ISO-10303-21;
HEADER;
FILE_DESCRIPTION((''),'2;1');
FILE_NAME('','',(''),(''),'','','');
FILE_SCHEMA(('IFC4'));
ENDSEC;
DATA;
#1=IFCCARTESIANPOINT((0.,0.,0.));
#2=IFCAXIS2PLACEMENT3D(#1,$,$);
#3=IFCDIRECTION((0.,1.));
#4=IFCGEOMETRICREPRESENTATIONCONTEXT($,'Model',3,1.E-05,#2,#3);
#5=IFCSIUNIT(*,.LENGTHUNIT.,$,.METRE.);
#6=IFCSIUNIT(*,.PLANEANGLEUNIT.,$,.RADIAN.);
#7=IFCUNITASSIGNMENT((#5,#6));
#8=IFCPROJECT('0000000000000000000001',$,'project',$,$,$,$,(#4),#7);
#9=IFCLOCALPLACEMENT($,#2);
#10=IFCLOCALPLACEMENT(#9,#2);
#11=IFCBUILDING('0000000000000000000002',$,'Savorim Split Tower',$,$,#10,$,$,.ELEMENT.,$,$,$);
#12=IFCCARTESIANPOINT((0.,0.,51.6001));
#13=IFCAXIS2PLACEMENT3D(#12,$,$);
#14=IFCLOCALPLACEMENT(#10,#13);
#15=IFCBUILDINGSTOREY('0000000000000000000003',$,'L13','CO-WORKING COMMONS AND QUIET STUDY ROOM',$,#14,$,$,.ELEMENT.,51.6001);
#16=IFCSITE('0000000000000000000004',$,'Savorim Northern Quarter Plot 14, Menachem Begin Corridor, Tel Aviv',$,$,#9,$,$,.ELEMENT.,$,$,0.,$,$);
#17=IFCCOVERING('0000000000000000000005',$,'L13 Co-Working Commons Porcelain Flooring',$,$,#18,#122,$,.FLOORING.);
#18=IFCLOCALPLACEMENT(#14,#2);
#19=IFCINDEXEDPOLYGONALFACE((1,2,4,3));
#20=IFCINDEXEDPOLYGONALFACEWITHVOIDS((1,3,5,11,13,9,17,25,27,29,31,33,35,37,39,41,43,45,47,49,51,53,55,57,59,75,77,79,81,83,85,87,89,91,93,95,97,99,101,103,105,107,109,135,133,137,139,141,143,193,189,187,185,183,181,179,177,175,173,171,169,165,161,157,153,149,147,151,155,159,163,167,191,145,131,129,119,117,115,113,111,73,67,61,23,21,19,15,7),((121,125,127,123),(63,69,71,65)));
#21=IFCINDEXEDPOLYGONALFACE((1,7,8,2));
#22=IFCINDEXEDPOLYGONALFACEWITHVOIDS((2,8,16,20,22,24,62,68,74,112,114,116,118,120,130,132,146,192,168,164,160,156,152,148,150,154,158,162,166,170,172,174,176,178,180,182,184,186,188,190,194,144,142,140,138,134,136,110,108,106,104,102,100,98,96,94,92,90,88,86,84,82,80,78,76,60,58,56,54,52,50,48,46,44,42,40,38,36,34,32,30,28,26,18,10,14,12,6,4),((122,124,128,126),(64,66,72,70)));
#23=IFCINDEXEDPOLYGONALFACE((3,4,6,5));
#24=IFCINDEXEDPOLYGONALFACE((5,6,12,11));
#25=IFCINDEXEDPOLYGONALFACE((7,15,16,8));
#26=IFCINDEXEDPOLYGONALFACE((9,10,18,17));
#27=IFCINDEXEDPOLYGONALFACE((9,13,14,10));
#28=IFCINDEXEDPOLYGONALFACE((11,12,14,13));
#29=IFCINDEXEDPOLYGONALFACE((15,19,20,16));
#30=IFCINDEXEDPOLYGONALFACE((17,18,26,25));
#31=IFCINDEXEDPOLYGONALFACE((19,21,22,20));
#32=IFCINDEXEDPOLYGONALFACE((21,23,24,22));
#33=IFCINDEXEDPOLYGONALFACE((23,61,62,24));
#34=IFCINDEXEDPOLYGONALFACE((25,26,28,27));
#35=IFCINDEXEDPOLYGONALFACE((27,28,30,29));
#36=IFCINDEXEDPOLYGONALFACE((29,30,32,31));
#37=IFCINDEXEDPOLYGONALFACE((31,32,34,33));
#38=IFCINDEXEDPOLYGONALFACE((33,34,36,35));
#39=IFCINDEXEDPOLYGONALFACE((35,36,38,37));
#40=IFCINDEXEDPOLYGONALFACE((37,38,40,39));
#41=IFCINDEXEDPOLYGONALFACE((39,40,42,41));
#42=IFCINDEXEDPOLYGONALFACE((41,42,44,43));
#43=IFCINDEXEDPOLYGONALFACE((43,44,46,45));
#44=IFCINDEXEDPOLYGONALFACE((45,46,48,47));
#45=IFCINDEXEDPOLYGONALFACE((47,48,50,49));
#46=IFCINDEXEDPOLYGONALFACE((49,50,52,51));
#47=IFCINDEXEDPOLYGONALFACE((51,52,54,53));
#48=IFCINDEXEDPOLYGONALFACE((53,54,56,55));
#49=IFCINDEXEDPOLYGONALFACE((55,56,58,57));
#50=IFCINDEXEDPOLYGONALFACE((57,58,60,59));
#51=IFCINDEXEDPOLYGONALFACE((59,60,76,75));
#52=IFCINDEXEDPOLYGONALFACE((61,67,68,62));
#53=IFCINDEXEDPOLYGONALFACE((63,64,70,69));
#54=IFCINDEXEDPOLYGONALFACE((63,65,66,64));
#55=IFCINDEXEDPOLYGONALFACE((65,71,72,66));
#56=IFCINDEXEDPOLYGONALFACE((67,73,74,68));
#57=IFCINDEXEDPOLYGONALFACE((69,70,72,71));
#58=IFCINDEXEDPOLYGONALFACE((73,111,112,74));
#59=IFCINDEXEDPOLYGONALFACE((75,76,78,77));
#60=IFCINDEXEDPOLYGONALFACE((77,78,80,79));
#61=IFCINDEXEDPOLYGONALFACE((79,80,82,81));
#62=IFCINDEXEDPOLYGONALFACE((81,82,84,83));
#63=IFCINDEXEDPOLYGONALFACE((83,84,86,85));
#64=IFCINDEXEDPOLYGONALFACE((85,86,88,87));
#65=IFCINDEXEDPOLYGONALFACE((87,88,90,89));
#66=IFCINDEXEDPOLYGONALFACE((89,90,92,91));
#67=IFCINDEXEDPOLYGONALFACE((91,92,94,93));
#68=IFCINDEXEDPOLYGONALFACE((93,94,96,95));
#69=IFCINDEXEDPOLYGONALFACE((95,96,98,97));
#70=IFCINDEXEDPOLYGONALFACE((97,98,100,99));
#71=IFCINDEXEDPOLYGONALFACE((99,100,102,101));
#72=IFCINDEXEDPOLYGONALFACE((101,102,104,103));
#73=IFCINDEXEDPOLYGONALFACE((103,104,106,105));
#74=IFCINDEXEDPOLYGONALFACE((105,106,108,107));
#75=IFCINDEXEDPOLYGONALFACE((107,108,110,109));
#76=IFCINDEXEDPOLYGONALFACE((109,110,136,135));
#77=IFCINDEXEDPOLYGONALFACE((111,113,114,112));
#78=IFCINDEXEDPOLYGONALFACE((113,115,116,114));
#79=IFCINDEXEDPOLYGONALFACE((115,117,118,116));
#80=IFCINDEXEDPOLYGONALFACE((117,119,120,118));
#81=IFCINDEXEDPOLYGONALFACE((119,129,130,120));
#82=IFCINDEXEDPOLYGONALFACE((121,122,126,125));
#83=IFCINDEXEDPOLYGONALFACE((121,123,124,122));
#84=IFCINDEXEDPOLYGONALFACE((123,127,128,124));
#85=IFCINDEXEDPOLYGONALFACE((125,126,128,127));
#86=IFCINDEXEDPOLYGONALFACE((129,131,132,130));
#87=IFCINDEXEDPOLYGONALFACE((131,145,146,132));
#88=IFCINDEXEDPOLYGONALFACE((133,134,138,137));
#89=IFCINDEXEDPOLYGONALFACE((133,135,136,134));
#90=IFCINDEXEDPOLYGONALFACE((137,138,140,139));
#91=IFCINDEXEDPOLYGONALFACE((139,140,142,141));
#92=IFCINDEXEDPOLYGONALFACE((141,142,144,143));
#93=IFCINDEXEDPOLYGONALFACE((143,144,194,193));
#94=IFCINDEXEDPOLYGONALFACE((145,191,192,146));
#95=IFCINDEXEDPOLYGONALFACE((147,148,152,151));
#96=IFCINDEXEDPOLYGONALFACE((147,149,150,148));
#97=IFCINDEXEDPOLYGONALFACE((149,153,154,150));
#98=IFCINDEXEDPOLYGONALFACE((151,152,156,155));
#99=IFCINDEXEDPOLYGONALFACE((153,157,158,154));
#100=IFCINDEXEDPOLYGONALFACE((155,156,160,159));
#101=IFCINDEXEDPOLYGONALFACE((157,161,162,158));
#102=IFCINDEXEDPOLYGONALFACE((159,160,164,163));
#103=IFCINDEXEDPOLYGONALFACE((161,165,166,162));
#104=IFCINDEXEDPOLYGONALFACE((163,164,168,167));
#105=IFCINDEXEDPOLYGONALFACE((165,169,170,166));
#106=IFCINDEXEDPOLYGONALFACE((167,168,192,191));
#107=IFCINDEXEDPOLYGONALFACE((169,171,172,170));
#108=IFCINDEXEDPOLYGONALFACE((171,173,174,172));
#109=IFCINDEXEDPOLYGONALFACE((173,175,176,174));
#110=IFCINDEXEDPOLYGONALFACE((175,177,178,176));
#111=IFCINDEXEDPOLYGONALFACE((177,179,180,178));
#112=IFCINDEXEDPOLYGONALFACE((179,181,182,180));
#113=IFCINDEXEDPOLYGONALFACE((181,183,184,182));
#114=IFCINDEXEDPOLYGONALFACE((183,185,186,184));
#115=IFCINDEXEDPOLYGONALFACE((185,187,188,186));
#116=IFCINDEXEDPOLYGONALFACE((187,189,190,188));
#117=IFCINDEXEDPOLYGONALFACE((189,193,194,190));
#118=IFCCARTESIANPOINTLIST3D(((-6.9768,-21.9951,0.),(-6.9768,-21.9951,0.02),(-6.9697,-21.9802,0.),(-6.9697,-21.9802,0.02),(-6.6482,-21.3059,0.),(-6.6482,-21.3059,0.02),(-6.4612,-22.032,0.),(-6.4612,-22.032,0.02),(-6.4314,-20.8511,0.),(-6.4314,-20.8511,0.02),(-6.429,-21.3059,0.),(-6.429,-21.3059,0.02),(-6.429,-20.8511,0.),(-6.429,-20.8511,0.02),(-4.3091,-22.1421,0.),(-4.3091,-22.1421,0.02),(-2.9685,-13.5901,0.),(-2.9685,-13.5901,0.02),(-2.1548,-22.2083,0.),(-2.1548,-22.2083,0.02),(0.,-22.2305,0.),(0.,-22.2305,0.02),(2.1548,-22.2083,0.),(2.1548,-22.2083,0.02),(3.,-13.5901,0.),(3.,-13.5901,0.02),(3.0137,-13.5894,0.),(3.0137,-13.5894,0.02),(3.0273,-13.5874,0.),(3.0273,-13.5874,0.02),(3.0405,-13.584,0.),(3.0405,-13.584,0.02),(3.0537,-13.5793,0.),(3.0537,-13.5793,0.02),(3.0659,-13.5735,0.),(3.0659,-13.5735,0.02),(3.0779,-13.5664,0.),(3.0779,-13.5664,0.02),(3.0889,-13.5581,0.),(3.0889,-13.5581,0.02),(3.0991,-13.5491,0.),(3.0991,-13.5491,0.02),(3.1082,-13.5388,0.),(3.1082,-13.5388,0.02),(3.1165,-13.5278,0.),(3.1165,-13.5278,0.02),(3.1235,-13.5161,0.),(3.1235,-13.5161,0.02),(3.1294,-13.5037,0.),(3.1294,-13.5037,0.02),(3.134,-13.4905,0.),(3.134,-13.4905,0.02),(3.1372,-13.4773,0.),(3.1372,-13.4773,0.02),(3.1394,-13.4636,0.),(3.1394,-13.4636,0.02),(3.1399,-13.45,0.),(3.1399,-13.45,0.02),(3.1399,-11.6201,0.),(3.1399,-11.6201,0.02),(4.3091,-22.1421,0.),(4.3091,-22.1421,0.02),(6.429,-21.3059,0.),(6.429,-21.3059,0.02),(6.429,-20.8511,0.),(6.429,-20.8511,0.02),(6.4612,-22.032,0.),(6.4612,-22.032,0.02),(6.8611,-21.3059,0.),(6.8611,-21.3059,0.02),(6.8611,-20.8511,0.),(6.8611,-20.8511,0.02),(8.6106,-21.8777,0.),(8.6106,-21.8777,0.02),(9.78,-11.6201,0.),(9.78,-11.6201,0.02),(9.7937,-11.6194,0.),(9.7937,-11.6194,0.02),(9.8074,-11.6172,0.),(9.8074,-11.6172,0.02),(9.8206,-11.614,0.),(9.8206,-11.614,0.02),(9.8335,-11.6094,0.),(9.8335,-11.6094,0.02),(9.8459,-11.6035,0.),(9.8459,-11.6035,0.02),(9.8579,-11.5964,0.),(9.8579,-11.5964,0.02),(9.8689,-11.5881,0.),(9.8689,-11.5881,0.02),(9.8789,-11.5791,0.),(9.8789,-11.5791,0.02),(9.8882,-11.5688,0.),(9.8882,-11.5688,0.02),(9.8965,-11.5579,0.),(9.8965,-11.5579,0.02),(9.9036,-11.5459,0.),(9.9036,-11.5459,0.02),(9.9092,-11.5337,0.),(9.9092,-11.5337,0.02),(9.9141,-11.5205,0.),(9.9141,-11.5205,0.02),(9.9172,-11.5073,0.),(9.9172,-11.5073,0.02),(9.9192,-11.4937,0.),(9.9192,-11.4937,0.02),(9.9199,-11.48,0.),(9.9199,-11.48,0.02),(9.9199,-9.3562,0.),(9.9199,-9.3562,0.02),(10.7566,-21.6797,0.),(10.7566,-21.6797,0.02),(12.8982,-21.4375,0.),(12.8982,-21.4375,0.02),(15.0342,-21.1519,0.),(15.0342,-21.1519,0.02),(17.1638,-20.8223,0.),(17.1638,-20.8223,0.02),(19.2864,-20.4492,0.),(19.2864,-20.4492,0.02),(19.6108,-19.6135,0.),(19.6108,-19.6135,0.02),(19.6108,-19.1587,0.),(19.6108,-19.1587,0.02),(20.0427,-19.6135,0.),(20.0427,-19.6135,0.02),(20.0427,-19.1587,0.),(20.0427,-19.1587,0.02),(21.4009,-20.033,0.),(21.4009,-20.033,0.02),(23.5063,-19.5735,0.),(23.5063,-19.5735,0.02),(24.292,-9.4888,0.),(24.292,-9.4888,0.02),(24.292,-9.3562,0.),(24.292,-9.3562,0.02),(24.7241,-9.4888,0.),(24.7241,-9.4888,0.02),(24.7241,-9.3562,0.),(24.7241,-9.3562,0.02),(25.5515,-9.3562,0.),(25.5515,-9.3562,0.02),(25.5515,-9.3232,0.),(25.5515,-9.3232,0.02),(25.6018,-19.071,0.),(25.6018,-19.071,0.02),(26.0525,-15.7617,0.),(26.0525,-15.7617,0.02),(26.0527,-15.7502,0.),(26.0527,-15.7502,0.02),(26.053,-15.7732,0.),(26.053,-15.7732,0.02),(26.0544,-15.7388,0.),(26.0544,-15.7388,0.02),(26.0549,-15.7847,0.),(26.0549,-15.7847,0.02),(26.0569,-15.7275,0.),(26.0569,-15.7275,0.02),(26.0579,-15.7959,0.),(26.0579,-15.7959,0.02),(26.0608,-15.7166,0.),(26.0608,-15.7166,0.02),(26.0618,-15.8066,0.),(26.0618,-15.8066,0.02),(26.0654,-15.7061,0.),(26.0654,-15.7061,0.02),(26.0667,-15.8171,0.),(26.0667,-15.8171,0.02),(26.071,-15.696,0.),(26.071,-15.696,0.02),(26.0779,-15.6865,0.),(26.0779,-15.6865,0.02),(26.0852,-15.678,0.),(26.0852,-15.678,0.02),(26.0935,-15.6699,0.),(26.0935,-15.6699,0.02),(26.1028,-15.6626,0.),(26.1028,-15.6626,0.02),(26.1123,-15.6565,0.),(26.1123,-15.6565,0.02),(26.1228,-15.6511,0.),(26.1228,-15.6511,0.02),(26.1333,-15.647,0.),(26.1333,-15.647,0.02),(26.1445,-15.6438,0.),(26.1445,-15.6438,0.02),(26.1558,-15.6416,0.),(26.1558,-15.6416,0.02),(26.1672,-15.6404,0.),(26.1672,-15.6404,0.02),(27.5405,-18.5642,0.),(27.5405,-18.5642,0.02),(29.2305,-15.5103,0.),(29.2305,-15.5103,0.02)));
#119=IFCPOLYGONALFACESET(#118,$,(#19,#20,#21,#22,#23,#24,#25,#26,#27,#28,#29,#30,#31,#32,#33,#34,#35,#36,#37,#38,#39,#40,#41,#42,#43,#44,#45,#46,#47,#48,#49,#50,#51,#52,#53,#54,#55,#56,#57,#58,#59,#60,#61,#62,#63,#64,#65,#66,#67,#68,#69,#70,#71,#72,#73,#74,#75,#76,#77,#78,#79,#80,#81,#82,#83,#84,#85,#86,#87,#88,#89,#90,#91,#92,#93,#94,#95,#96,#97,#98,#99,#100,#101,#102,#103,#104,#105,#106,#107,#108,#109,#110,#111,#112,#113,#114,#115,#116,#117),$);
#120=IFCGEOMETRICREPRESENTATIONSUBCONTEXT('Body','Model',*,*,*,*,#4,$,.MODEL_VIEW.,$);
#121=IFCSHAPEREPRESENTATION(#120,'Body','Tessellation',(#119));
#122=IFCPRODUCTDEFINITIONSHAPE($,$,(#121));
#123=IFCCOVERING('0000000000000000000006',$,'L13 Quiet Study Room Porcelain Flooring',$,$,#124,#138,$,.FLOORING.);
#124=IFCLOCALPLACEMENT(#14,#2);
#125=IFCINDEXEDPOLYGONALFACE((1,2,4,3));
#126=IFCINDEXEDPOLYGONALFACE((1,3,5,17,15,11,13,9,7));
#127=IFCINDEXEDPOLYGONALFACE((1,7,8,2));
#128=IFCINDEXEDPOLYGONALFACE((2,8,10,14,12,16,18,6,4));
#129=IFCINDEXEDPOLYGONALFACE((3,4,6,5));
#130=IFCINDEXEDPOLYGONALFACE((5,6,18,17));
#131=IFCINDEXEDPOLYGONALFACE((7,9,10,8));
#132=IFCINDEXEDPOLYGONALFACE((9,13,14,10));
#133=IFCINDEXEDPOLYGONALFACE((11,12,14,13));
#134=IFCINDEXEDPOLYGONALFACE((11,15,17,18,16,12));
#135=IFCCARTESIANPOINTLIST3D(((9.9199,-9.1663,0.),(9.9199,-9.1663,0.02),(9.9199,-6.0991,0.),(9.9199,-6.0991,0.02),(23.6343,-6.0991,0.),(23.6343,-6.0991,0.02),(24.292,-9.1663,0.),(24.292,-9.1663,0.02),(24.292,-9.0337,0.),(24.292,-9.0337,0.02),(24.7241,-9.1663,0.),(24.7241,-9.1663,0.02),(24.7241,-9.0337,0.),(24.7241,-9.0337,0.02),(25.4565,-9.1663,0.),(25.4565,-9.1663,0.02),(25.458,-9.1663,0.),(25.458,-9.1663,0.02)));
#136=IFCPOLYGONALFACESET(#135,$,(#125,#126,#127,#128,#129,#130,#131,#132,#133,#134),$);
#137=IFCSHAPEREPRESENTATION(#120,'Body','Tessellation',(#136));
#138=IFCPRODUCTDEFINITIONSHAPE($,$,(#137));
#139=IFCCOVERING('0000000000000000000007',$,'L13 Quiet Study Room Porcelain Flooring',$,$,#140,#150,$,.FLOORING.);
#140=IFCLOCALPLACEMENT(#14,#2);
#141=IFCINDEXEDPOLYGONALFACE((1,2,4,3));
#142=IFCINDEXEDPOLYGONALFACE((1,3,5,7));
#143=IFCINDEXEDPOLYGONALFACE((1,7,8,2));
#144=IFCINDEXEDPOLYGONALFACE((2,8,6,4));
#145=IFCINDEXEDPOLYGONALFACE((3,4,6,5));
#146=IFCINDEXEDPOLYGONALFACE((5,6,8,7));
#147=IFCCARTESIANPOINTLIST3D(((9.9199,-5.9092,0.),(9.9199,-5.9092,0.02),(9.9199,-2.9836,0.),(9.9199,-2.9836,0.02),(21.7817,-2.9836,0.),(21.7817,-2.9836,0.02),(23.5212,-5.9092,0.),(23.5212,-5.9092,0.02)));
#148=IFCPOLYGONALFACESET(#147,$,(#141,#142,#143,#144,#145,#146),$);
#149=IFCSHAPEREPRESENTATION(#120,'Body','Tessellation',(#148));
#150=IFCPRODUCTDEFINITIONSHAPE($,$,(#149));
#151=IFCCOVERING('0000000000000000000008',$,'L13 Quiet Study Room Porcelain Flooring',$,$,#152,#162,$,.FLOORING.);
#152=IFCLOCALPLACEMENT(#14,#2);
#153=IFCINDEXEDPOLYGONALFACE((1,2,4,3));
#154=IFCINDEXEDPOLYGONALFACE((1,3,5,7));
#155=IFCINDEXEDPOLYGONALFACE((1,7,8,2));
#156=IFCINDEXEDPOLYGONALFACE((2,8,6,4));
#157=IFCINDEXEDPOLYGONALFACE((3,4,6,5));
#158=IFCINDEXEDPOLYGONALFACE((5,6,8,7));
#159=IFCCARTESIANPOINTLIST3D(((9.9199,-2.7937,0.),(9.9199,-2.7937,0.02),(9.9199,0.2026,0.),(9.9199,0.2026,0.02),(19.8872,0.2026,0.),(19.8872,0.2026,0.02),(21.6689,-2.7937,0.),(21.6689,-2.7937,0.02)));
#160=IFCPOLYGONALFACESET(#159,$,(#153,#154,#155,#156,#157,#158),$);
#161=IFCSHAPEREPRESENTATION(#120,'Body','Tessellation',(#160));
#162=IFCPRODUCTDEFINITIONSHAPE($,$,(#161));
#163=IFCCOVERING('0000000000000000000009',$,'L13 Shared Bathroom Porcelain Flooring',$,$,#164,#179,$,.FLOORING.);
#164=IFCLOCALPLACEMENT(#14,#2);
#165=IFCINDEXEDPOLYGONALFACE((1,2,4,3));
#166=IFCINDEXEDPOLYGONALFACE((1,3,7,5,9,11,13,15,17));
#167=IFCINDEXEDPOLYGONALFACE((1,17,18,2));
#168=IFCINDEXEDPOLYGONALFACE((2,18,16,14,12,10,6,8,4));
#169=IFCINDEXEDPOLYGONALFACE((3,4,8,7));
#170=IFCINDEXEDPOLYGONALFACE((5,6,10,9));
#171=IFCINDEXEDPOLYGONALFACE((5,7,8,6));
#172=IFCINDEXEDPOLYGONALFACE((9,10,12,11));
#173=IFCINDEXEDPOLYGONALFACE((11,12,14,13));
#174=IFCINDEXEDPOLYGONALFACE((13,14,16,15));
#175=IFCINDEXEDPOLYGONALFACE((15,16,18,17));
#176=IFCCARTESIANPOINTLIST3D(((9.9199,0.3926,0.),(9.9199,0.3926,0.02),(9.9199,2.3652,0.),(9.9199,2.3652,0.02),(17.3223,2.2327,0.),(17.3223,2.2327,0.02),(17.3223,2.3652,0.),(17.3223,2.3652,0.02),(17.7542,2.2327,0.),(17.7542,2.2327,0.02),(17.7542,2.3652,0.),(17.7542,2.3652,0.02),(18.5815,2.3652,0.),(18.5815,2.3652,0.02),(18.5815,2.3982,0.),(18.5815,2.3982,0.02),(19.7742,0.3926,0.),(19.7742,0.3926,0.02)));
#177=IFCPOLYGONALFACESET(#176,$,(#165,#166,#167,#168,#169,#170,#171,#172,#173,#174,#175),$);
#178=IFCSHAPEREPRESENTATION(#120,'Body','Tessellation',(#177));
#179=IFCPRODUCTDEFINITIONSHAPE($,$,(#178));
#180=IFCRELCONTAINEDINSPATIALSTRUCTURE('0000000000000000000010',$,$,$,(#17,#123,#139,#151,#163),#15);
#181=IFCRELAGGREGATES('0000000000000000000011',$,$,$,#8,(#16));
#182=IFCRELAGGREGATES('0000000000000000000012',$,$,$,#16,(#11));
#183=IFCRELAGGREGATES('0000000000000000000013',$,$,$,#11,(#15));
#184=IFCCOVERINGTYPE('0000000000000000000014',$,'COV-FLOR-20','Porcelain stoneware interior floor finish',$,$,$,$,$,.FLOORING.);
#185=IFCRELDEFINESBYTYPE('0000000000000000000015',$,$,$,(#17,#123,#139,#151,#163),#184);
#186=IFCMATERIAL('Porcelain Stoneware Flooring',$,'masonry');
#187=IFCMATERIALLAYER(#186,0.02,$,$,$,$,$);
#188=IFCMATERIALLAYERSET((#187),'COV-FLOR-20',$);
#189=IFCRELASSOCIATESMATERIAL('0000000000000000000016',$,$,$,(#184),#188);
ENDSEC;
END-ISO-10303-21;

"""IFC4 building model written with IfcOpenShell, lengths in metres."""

from ifc_helpers import new_model, si_unit, direction, frame, origin, place, context, subcontext, project, spatial, polyline, outline, extrude, material, layer, layer_set, type_object, element, save


model = new_model("IFC4")

# Units and contexts
model_context = context("Model", 3, precision=1e-05, world=origin(), true_north=direction((0.0, 1.0)))
body_context = subcontext(model_context, "Body", "Model", "MODEL_VIEW")
ifc_project = project(units=[si_unit("LENGTHUNIT", "METRE"), si_unit("PLANEANGLEUNIT", "RADIAN")], contexts=[model_context])

# Site, building, storey
site_placement = place(None, origin())
site = spatial("IfcSite", under=ifc_project, at=site_placement, Name="Savorim Northern Quarter Plot 14, Menachem Begin Corridor, Tel Aviv", CompositionType="ELEMENT", RefElevation=0.0)
building_placement = place(site_placement, origin())
building = spatial("IfcBuilding", under=site, at=building_placement, Name="Savorim Split Tower", CompositionType="ELEMENT")
storey_placement = place(building_placement, frame((0.0, 0.0, 51.6001)))
storey = spatial("IfcBuildingStorey", under=building, at=storey_placement, Name="L13", Description="CO-WORKING COMMONS AND QUIET STUDY ROOM", CompositionType="ELEMENT", Elevation=51.6001)

# Coverings
ifc_material_1 = material(Name="Porcelain Stoneware Flooring", Category="masonry")
ifc_layer_1 = layer(ifc_material_1, 0.02)
ifc_layer_set_1 = layer_set([ifc_layer_1], Name="COV-FLOR-20")
covering_type_1 = type_object("IfcCoveringType", Name="COV-FLOR-20", Description="Porcelain stoneware interior floor finish", PredefinedType="FLOORING", material=ifc_layer_set_1)
covering_1_placement = place(storey_placement, origin())
element("IfcCovering", 1, at=covering_1_placement, inside=storey, type_object=covering_type_1, Name="L13 Co-Working Commons Porcelain Flooring", PredefinedType="FLOORING", context=body_context, shape_type="SweptSolid", body=[
    extrude(outline(polyline([(26.1445, -15.6438), (26.1558, -15.6416), (26.1672, -15.6404), (29.2305, -15.5103), (25.5515, -9.3232), (25.5515, -9.3562), (24.7241, -9.3562), (24.7241, -9.4888), (24.292, -9.4888), (24.292, -9.3562), (9.9199, -9.3562), (9.9199, -11.48), (9.9192, -11.4937), (9.9172, -11.5073), (9.9141, -11.5205), (9.9092, -11.5337), (9.9036, -11.5459), (9.8965, -11.5579), (9.8882, -11.5688), (9.8789, -11.5791), (9.8689, -11.5881), (9.8579, -11.5964), (9.8459, -11.6035), (9.8335, -11.6094), (9.8206, -11.614), (9.8074, -11.6172), (9.7937, -11.6194), (9.78, -11.6201), (3.1399, -11.6201), (3.1399, -13.45), (3.1394, -13.4636), (3.1372, -13.4773), (3.134, -13.4905), (3.1294, -13.5037), (3.1235, -13.5161), (3.1165, -13.5278), (3.1082, -13.5388), (3.0991, -13.5491), (3.0889, -13.5581), (3.0779, -13.5664), (3.0659, -13.5735), (3.0537, -13.5793), (3.0405, -13.584), (3.0273, -13.5874), (3.0137, -13.5894), (3.0, -13.5901), (-2.9685, -13.5901), (-6.4314, -20.8511), (-6.429, -20.8511), (-6.429, -21.3059), (-6.6482, -21.3059), (-6.9697, -21.9802), (-6.9768, -21.9951), (-6.4612, -22.032), (-4.3091, -22.1421), (-2.1548, -22.2083), (0.0, -22.2305), (2.1548, -22.2083), (4.3091, -22.1421), (6.4612, -22.032), (8.6106, -21.8777), (10.7566, -21.6797), (12.8982, -21.4375), (15.0342, -21.1519), (17.1638, -20.8223), (19.2864, -20.4492), (21.4009, -20.033), (23.5063, -19.5735), (25.6018, -19.071), (27.5405, -18.5642), (26.0667, -15.8171), (26.0618, -15.8066), (26.0579, -15.7959), (26.0549, -15.7847), (26.053, -15.7732), (26.0525, -15.7617), (26.0527, -15.7502), (26.0544, -15.7388), (26.0569, -15.7275), (26.0608, -15.7166), (26.0654, -15.7061), (26.071, -15.696), (26.0779, -15.6865), (26.0852, -15.678), (26.0935, -15.6699), (26.1028, -15.6626), (26.1123, -15.6565), (26.1228, -15.6511), (26.1333, -15.647), (26.1445, -15.6438)]), holes=[polyline([(6.429, -21.3059), (6.8611, -21.3059), (6.8611, -20.8511), (6.429, -20.8511), (6.429, -21.3059)]), polyline([(20.0427, -19.6135), (20.0427, -19.1587), (19.6108, -19.1587), (19.6108, -19.6135), (20.0427, -19.6135)])]), origin(), (0.0, 0.0, 1.0), 0.02),
])
covering_2_placement = place(storey_placement, origin())
element("IfcCovering", 2, at=covering_2_placement, inside=storey, type_object=covering_type_1, Name="L13 Quiet Study Room Porcelain Flooring", PredefinedType="FLOORING", context=body_context, shape_type="SweptSolid", body=[
    extrude(outline(polyline([(24.7241, -9.0337), (24.7241, -9.1663), (25.4565, -9.1663), (25.458, -9.1663), (23.6343, -6.0991), (9.9199, -6.0991), (9.9199, -9.1663), (24.292, -9.1663), (24.292, -9.0337), (24.7241, -9.0337)])), origin(), (0.0, 0.0, 1.0), 0.02),
])
covering_3_placement = place(storey_placement, origin())
element("IfcCovering", 3, at=covering_3_placement, inside=storey, type_object=covering_type_1, Name="L13 Quiet Study Room Porcelain Flooring", PredefinedType="FLOORING", context=body_context, shape_type="SweptSolid", body=[
    extrude(outline(polyline([(23.5212, -5.9092), (21.7817, -2.9836), (9.9199, -2.9836), (9.9199, -5.9092), (23.5212, -5.9092)])), origin(), (0.0, 0.0, 1.0), 0.02),
])
covering_4_placement = place(storey_placement, origin())
element("IfcCovering", 4, at=covering_4_placement, inside=storey, type_object=covering_type_1, Name="L13 Quiet Study Room Porcelain Flooring", PredefinedType="FLOORING", context=body_context, shape_type="SweptSolid", body=[
    extrude(outline(polyline([(21.6689, -2.7937), (19.8872, 0.2026), (9.9199, 0.2026), (9.9199, -2.7937), (21.6689, -2.7937)])), origin(), (0.0, 0.0, 1.0), 0.02),
])
covering_5_placement = place(storey_placement, origin())
element("IfcCovering", 5, at=covering_5_placement, inside=storey, type_object=covering_type_1, Name="L13 Shared Bathroom Porcelain Flooring", PredefinedType="FLOORING", context=body_context, shape_type="SweptSolid", body=[
    extrude(outline(polyline([(17.3223, 2.2327), (17.3223, 2.3652), (9.9199, 2.3652), (9.9199, 0.3926), (19.7742, 0.3926), (18.5815, 2.3982), (18.5815, 2.3652), (17.7542, 2.3652), (17.7542, 2.2327), (17.3223, 2.2327)])), origin(), (0.0, 0.0, 1.0), 0.02),
])

save(model, "model.ifc")
